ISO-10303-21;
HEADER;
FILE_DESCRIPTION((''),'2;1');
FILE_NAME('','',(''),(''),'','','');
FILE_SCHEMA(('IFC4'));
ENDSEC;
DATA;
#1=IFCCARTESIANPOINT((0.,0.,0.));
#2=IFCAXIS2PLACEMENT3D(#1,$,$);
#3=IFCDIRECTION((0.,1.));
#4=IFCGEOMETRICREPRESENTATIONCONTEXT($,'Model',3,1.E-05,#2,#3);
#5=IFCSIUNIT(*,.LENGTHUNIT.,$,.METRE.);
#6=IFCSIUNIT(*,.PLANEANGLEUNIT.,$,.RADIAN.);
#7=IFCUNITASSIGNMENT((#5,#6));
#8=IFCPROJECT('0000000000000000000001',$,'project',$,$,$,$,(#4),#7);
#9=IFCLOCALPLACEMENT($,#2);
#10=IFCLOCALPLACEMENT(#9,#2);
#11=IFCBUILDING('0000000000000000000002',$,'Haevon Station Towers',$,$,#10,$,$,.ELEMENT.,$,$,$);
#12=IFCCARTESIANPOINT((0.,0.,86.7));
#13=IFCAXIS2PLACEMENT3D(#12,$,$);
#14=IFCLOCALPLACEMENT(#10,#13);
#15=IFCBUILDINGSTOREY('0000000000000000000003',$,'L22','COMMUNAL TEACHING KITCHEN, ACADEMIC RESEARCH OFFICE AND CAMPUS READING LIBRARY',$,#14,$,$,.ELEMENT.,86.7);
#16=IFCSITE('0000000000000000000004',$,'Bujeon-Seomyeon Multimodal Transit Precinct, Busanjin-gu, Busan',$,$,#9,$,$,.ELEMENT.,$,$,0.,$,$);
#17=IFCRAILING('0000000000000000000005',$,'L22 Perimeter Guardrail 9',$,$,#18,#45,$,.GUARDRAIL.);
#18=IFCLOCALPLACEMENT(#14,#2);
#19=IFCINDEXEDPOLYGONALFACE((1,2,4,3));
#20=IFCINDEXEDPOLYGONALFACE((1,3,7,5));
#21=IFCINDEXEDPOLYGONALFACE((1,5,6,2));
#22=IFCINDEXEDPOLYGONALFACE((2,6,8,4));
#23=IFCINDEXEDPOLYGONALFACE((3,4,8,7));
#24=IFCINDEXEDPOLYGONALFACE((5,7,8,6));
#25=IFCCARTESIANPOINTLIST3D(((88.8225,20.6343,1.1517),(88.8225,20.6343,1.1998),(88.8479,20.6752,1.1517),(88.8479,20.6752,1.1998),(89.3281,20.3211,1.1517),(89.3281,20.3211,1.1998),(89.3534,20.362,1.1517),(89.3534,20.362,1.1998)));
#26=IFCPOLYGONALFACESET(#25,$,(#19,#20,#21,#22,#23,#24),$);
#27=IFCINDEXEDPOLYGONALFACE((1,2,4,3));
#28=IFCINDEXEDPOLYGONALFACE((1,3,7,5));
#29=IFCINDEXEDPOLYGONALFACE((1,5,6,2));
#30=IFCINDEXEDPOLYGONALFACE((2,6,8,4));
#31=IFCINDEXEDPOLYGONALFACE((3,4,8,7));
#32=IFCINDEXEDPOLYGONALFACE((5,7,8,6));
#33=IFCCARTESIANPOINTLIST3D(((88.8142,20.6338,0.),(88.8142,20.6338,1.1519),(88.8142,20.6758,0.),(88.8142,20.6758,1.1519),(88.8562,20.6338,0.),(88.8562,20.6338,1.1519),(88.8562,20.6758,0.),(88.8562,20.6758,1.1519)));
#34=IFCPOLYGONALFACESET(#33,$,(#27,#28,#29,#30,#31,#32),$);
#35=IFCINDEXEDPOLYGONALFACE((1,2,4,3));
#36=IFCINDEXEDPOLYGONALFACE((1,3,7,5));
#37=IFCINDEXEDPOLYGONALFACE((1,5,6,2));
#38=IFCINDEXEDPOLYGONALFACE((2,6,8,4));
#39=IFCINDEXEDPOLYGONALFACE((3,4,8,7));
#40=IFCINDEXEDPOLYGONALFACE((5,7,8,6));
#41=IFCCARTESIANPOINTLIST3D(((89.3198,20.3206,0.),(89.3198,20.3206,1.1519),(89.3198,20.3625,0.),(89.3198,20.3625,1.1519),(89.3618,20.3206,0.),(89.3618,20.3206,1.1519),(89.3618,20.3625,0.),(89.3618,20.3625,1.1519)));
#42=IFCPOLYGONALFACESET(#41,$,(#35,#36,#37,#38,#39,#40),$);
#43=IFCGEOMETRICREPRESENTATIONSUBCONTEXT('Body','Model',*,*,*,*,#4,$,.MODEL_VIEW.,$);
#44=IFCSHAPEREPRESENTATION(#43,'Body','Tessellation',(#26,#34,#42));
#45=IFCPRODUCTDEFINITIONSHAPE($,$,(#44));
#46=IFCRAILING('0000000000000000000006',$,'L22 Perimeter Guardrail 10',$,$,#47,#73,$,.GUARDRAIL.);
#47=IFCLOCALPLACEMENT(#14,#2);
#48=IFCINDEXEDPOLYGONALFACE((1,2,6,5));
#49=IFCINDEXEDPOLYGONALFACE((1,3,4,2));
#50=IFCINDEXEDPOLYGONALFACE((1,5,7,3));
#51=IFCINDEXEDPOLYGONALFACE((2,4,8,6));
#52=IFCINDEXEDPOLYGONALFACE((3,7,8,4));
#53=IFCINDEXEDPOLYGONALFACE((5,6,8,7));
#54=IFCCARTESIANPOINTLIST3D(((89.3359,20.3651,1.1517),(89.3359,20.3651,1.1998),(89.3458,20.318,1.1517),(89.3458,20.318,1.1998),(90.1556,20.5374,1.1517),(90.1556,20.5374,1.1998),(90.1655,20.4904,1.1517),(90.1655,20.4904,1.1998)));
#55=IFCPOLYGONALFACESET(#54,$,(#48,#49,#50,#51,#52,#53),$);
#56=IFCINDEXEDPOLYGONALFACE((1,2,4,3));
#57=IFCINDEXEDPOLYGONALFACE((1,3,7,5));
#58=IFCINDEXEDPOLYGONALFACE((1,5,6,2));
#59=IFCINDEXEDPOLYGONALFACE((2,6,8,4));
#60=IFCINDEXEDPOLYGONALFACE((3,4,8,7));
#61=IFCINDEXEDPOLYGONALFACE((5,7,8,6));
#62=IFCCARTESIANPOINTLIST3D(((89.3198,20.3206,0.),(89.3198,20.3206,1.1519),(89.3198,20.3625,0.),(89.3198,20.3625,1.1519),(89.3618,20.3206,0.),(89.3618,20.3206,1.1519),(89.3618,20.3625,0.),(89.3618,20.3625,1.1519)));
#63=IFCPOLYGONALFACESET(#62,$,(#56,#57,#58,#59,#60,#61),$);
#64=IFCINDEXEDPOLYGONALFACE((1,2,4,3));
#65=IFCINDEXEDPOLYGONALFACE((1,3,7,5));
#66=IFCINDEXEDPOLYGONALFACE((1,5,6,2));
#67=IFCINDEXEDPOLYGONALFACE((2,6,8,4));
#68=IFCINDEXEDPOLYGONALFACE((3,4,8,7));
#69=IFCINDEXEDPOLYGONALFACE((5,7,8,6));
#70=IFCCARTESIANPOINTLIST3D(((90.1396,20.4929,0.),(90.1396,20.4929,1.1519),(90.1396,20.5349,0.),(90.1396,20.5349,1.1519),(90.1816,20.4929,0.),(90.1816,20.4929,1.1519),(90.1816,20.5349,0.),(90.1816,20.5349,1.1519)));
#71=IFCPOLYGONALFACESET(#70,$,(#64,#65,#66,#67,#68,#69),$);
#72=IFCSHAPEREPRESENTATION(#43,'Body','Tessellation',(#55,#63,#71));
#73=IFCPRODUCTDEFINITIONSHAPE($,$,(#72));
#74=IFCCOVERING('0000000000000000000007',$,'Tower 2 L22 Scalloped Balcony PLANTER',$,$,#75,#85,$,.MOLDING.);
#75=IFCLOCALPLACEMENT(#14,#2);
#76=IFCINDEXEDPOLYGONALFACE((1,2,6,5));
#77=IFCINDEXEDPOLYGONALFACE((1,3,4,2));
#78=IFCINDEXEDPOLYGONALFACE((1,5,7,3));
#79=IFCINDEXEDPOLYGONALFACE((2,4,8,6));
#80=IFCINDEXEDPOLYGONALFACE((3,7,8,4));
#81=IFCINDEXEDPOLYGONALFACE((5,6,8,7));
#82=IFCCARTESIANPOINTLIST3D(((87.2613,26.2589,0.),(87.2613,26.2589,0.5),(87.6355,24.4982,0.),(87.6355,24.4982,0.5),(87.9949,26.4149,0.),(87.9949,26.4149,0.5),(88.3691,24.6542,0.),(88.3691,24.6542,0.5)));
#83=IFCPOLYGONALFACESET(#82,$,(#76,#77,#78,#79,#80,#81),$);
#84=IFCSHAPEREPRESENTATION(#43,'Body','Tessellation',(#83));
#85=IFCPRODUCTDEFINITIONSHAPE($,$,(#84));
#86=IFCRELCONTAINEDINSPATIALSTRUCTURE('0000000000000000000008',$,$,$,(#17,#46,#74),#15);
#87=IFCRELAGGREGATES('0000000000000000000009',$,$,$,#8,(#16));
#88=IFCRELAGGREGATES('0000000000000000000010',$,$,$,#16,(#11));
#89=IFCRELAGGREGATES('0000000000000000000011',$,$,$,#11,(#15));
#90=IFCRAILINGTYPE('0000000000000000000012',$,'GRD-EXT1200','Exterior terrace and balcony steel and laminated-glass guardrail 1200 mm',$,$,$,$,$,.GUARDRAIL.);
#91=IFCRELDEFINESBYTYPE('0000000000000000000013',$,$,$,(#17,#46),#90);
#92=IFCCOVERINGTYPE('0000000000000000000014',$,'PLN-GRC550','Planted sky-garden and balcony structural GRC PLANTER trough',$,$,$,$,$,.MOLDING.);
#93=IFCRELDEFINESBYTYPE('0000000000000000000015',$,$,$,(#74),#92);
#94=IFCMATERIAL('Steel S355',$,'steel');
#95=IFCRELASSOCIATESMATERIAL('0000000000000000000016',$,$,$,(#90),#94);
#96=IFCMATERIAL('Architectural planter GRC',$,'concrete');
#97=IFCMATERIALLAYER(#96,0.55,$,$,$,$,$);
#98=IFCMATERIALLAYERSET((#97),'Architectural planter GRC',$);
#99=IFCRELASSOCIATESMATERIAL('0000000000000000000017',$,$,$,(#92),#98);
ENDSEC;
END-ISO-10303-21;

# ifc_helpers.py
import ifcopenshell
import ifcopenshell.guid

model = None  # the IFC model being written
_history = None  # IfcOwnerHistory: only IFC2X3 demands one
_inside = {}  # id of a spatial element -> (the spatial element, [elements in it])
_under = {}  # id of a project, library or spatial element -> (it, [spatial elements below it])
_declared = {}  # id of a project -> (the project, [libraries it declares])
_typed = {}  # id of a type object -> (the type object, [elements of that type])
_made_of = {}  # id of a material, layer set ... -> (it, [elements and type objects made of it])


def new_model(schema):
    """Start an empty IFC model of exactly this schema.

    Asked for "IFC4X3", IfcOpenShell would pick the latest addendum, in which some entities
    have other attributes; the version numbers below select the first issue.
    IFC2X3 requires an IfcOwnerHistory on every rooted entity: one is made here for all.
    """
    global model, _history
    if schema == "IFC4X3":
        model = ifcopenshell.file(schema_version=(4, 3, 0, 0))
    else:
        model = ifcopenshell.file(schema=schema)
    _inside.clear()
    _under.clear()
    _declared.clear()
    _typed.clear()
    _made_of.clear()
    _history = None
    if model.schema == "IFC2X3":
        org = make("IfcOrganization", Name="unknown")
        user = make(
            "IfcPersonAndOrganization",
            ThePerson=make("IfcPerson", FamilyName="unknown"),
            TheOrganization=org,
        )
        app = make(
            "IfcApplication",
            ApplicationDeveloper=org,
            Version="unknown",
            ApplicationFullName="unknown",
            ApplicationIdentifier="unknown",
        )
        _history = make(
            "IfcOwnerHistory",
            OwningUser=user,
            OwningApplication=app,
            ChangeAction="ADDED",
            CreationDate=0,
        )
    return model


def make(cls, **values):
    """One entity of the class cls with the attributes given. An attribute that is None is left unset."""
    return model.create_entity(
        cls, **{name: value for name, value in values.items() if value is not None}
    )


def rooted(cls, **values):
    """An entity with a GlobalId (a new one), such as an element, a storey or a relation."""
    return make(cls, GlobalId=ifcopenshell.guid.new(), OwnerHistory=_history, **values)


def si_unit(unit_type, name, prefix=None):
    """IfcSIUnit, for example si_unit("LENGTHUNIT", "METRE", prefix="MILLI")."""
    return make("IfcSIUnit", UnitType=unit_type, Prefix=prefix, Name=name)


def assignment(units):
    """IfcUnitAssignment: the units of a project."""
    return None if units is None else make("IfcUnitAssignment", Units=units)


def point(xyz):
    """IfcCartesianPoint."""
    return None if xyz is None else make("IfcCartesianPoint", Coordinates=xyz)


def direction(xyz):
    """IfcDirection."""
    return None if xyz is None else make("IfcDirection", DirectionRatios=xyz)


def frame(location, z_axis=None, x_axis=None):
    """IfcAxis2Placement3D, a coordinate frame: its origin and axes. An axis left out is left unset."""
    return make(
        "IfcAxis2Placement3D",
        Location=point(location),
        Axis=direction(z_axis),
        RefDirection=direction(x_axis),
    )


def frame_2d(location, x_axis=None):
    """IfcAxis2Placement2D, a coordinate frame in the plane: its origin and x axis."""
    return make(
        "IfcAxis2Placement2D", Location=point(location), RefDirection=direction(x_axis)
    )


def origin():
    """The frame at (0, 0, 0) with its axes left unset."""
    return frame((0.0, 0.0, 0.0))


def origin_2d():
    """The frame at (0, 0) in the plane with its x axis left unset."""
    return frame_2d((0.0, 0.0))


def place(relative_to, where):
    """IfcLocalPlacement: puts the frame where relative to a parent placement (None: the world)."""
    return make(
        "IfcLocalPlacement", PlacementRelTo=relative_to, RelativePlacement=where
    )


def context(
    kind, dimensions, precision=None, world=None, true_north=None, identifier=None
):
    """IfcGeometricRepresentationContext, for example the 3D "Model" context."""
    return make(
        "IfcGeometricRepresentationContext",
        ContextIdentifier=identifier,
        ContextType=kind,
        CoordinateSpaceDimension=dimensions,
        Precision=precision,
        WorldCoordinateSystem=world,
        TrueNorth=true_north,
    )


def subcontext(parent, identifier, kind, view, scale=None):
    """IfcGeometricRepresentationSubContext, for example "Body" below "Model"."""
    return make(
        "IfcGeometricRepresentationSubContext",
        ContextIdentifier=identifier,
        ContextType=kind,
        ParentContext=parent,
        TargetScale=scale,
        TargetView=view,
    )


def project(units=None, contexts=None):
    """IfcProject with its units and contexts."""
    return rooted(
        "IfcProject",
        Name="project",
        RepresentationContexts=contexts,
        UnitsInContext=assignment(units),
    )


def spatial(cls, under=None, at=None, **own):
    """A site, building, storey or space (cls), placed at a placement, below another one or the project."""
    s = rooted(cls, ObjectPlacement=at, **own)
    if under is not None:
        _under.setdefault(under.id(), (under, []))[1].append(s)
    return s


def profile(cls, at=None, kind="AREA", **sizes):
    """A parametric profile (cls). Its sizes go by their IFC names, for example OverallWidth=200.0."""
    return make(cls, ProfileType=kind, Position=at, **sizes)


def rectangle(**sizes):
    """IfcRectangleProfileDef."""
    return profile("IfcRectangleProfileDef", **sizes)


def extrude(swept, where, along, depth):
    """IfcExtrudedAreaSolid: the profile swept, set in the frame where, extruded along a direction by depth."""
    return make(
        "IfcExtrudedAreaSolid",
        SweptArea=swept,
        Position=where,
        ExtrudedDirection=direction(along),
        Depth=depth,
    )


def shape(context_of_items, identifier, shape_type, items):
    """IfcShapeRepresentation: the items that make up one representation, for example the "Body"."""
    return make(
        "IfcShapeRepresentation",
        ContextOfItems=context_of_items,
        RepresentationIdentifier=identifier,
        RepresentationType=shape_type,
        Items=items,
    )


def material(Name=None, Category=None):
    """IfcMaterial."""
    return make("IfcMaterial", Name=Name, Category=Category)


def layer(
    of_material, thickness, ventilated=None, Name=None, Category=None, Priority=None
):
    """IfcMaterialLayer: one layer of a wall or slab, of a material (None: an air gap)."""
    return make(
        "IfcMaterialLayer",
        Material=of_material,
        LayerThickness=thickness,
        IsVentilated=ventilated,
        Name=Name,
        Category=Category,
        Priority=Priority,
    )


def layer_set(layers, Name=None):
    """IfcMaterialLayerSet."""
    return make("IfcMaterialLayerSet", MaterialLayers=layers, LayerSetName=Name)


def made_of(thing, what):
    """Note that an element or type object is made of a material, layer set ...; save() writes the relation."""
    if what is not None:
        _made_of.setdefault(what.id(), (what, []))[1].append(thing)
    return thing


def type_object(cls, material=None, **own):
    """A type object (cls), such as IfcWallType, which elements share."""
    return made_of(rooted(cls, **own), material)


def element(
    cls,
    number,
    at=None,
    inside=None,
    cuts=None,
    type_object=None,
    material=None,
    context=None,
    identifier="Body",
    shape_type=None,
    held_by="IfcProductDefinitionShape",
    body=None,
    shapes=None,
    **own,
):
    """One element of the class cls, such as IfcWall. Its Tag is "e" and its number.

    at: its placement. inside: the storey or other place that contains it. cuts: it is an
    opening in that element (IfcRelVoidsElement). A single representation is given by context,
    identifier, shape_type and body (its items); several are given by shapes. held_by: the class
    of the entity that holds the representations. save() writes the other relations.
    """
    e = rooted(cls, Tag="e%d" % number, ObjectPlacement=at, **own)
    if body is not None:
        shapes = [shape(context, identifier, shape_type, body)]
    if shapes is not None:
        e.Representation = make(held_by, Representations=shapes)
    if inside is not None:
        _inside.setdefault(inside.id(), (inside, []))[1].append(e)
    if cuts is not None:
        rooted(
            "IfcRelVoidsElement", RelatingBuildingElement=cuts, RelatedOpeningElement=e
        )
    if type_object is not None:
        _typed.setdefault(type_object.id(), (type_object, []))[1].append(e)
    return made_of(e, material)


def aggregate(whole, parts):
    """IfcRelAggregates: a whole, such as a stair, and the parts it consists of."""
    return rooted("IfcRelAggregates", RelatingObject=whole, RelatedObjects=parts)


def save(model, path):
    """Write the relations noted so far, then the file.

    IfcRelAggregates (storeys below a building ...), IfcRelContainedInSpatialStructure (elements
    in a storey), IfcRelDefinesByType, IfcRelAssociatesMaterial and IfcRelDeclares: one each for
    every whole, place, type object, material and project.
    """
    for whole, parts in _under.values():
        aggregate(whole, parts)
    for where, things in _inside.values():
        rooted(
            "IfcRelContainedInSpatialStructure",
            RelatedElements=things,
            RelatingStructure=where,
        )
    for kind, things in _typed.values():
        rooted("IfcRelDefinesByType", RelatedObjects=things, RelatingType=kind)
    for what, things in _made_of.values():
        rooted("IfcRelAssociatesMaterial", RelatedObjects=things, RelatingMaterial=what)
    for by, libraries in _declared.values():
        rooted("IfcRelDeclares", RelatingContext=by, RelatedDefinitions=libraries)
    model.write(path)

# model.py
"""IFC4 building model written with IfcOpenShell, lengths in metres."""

from ifc_helpers import new_model, si_unit, direction, frame, origin, origin_2d, place, context, subcontext, project, spatial, rectangle, extrude, material, layer, layer_set, type_object, element, save


model = new_model("IFC4")

# Units and contexts
model_context = context("Model", 3, precision=1e-05, world=origin(), true_north=direction((0.0, 1.0)))
body_context = subcontext(model_context, "Body", "Model", "MODEL_VIEW")
ifc_project = project(units=[si_unit("LENGTHUNIT", "METRE"), si_unit("PLANEANGLEUNIT", "RADIAN")], contexts=[model_context])

# Site, building, storey
site_placement = place(None, origin())
site = spatial("IfcSite", under=ifc_project, at=site_placement, Name="Bujeon-Seomyeon Multimodal Transit Precinct, Busanjin-gu, Busan", CompositionType="ELEMENT", RefElevation=0.0)
building_placement = place(site_placement, origin())
building = spatial("IfcBuilding", under=site, at=building_placement, Name="Haevon Station Towers", CompositionType="ELEMENT")
storey_placement = place(building_placement, frame((0.0, 0.0, 86.7)))
storey = spatial("IfcBuildingStorey", under=building, at=storey_placement, Name="L22", Description="COMMUNAL TEACHING KITCHEN, ACADEMIC RESEARCH OFFICE AND CAMPUS READING LIBRARY", CompositionType="ELEMENT", Elevation=86.7)

# Shared definitions
ifc_material_1 = material(Name="Steel S355", Category="steel")

# Railings
railing_type = type_object("IfcRailingType", Name="GRD-EXT1200", Description="Exterior terrace and balcony steel and laminated-glass guardrail 1200 mm", PredefinedType="GUARDRAIL", material=ifc_material_1)
railing_1_placement = place(storey_placement, frame((88.8352, 20.6548, 0.0)))
element("IfcRailing", 1, at=railing_1_placement, inside=storey, type_object=railing_type, Name="L22 Perimeter Guardrail 9", PredefinedType="GUARDRAIL", context=body_context, shape_type="SweptSolid", body=[
    extrude(rectangle(XDim=0.0481, YDim=0.0481, at=origin_2d()), frame((0.0, 0.0, 1.1758), z_axis=(0.85009, -0.526637, 0.0), x_axis=(0.526637, 0.85009, 0.0)), (0.0, 0.0, 1.0), 0.5947),
    extrude(rectangle(XDim=0.042, YDim=0.042, at=origin_2d()), origin(), (0.0, 0.0, 1.0), 1.1519),
    extrude(rectangle(XDim=0.042, YDim=0.042, at=origin_2d()), frame((0.5056, -0.3132, 0.0)), (0.0, 0.0, 1.0), 1.1519),
])
railing_2_placement = place(storey_placement, frame((89.3408, 20.3416, 0.0)))
element("IfcRailing", 2, at=railing_2_placement, inside=storey, type_object=railing_type, Name="L22 Perimeter Guardrail 10", PredefinedType="GUARDRAIL", context=body_context, shape_type="SweptSolid", body=[
    extrude(rectangle(XDim=0.0481, YDim=0.0481, at=origin_2d()), frame((0.0, 0.0, 1.1758), z_axis=(0.978605, 0.205746, 0.0), x_axis=(-0.205746, 0.978605, 0.0)), (0.0, 0.0, 1.0), 0.8376),
    extrude(rectangle(XDim=0.042, YDim=0.042, at=origin_2d()), origin(), (0.0, 0.0, 1.0), 1.1519),
    extrude(rectangle(XDim=0.042, YDim=0.042, at=origin_2d()), frame((0.8198, 0.1724, 0.0)), (0.0, 0.0, 1.0), 1.1519),
])

# Covering
ifc_material_2 = material(Name="Architectural planter GRC", Category="concrete")
ifc_layer_1 = layer(ifc_material_2, 0.55)
ifc_layer_set_1 = layer_set([ifc_layer_1], Name="Architectural planter GRC")
covering_type = type_object("IfcCoveringType", Name="PLN-GRC550", Description="Planted sky-garden and balcony structural GRC PLANTER trough", PredefinedType="MOLDING", material=ifc_layer_set_1)
covering_placement = place(storey_placement, frame((87.8152, 25.4565, 0.0), z_axis=(0.0, 0.0, 1.0), x_axis=(0.978148, 0.207912, 0.0)))
element("IfcCovering", 3, at=covering_placement, inside=storey, type_object=covering_type, Name="Tower 2 L22 Scalloped Balcony PLANTER", PredefinedType="MOLDING", context=body_context, shape_type="SweptSolid", body=[
    extrude(rectangle(XDim=0.75, YDim=1.8, at=origin_2d()), origin(), (0.0, 0.0, 1.0), 0.5),
])

save(model, "model.ifc")
